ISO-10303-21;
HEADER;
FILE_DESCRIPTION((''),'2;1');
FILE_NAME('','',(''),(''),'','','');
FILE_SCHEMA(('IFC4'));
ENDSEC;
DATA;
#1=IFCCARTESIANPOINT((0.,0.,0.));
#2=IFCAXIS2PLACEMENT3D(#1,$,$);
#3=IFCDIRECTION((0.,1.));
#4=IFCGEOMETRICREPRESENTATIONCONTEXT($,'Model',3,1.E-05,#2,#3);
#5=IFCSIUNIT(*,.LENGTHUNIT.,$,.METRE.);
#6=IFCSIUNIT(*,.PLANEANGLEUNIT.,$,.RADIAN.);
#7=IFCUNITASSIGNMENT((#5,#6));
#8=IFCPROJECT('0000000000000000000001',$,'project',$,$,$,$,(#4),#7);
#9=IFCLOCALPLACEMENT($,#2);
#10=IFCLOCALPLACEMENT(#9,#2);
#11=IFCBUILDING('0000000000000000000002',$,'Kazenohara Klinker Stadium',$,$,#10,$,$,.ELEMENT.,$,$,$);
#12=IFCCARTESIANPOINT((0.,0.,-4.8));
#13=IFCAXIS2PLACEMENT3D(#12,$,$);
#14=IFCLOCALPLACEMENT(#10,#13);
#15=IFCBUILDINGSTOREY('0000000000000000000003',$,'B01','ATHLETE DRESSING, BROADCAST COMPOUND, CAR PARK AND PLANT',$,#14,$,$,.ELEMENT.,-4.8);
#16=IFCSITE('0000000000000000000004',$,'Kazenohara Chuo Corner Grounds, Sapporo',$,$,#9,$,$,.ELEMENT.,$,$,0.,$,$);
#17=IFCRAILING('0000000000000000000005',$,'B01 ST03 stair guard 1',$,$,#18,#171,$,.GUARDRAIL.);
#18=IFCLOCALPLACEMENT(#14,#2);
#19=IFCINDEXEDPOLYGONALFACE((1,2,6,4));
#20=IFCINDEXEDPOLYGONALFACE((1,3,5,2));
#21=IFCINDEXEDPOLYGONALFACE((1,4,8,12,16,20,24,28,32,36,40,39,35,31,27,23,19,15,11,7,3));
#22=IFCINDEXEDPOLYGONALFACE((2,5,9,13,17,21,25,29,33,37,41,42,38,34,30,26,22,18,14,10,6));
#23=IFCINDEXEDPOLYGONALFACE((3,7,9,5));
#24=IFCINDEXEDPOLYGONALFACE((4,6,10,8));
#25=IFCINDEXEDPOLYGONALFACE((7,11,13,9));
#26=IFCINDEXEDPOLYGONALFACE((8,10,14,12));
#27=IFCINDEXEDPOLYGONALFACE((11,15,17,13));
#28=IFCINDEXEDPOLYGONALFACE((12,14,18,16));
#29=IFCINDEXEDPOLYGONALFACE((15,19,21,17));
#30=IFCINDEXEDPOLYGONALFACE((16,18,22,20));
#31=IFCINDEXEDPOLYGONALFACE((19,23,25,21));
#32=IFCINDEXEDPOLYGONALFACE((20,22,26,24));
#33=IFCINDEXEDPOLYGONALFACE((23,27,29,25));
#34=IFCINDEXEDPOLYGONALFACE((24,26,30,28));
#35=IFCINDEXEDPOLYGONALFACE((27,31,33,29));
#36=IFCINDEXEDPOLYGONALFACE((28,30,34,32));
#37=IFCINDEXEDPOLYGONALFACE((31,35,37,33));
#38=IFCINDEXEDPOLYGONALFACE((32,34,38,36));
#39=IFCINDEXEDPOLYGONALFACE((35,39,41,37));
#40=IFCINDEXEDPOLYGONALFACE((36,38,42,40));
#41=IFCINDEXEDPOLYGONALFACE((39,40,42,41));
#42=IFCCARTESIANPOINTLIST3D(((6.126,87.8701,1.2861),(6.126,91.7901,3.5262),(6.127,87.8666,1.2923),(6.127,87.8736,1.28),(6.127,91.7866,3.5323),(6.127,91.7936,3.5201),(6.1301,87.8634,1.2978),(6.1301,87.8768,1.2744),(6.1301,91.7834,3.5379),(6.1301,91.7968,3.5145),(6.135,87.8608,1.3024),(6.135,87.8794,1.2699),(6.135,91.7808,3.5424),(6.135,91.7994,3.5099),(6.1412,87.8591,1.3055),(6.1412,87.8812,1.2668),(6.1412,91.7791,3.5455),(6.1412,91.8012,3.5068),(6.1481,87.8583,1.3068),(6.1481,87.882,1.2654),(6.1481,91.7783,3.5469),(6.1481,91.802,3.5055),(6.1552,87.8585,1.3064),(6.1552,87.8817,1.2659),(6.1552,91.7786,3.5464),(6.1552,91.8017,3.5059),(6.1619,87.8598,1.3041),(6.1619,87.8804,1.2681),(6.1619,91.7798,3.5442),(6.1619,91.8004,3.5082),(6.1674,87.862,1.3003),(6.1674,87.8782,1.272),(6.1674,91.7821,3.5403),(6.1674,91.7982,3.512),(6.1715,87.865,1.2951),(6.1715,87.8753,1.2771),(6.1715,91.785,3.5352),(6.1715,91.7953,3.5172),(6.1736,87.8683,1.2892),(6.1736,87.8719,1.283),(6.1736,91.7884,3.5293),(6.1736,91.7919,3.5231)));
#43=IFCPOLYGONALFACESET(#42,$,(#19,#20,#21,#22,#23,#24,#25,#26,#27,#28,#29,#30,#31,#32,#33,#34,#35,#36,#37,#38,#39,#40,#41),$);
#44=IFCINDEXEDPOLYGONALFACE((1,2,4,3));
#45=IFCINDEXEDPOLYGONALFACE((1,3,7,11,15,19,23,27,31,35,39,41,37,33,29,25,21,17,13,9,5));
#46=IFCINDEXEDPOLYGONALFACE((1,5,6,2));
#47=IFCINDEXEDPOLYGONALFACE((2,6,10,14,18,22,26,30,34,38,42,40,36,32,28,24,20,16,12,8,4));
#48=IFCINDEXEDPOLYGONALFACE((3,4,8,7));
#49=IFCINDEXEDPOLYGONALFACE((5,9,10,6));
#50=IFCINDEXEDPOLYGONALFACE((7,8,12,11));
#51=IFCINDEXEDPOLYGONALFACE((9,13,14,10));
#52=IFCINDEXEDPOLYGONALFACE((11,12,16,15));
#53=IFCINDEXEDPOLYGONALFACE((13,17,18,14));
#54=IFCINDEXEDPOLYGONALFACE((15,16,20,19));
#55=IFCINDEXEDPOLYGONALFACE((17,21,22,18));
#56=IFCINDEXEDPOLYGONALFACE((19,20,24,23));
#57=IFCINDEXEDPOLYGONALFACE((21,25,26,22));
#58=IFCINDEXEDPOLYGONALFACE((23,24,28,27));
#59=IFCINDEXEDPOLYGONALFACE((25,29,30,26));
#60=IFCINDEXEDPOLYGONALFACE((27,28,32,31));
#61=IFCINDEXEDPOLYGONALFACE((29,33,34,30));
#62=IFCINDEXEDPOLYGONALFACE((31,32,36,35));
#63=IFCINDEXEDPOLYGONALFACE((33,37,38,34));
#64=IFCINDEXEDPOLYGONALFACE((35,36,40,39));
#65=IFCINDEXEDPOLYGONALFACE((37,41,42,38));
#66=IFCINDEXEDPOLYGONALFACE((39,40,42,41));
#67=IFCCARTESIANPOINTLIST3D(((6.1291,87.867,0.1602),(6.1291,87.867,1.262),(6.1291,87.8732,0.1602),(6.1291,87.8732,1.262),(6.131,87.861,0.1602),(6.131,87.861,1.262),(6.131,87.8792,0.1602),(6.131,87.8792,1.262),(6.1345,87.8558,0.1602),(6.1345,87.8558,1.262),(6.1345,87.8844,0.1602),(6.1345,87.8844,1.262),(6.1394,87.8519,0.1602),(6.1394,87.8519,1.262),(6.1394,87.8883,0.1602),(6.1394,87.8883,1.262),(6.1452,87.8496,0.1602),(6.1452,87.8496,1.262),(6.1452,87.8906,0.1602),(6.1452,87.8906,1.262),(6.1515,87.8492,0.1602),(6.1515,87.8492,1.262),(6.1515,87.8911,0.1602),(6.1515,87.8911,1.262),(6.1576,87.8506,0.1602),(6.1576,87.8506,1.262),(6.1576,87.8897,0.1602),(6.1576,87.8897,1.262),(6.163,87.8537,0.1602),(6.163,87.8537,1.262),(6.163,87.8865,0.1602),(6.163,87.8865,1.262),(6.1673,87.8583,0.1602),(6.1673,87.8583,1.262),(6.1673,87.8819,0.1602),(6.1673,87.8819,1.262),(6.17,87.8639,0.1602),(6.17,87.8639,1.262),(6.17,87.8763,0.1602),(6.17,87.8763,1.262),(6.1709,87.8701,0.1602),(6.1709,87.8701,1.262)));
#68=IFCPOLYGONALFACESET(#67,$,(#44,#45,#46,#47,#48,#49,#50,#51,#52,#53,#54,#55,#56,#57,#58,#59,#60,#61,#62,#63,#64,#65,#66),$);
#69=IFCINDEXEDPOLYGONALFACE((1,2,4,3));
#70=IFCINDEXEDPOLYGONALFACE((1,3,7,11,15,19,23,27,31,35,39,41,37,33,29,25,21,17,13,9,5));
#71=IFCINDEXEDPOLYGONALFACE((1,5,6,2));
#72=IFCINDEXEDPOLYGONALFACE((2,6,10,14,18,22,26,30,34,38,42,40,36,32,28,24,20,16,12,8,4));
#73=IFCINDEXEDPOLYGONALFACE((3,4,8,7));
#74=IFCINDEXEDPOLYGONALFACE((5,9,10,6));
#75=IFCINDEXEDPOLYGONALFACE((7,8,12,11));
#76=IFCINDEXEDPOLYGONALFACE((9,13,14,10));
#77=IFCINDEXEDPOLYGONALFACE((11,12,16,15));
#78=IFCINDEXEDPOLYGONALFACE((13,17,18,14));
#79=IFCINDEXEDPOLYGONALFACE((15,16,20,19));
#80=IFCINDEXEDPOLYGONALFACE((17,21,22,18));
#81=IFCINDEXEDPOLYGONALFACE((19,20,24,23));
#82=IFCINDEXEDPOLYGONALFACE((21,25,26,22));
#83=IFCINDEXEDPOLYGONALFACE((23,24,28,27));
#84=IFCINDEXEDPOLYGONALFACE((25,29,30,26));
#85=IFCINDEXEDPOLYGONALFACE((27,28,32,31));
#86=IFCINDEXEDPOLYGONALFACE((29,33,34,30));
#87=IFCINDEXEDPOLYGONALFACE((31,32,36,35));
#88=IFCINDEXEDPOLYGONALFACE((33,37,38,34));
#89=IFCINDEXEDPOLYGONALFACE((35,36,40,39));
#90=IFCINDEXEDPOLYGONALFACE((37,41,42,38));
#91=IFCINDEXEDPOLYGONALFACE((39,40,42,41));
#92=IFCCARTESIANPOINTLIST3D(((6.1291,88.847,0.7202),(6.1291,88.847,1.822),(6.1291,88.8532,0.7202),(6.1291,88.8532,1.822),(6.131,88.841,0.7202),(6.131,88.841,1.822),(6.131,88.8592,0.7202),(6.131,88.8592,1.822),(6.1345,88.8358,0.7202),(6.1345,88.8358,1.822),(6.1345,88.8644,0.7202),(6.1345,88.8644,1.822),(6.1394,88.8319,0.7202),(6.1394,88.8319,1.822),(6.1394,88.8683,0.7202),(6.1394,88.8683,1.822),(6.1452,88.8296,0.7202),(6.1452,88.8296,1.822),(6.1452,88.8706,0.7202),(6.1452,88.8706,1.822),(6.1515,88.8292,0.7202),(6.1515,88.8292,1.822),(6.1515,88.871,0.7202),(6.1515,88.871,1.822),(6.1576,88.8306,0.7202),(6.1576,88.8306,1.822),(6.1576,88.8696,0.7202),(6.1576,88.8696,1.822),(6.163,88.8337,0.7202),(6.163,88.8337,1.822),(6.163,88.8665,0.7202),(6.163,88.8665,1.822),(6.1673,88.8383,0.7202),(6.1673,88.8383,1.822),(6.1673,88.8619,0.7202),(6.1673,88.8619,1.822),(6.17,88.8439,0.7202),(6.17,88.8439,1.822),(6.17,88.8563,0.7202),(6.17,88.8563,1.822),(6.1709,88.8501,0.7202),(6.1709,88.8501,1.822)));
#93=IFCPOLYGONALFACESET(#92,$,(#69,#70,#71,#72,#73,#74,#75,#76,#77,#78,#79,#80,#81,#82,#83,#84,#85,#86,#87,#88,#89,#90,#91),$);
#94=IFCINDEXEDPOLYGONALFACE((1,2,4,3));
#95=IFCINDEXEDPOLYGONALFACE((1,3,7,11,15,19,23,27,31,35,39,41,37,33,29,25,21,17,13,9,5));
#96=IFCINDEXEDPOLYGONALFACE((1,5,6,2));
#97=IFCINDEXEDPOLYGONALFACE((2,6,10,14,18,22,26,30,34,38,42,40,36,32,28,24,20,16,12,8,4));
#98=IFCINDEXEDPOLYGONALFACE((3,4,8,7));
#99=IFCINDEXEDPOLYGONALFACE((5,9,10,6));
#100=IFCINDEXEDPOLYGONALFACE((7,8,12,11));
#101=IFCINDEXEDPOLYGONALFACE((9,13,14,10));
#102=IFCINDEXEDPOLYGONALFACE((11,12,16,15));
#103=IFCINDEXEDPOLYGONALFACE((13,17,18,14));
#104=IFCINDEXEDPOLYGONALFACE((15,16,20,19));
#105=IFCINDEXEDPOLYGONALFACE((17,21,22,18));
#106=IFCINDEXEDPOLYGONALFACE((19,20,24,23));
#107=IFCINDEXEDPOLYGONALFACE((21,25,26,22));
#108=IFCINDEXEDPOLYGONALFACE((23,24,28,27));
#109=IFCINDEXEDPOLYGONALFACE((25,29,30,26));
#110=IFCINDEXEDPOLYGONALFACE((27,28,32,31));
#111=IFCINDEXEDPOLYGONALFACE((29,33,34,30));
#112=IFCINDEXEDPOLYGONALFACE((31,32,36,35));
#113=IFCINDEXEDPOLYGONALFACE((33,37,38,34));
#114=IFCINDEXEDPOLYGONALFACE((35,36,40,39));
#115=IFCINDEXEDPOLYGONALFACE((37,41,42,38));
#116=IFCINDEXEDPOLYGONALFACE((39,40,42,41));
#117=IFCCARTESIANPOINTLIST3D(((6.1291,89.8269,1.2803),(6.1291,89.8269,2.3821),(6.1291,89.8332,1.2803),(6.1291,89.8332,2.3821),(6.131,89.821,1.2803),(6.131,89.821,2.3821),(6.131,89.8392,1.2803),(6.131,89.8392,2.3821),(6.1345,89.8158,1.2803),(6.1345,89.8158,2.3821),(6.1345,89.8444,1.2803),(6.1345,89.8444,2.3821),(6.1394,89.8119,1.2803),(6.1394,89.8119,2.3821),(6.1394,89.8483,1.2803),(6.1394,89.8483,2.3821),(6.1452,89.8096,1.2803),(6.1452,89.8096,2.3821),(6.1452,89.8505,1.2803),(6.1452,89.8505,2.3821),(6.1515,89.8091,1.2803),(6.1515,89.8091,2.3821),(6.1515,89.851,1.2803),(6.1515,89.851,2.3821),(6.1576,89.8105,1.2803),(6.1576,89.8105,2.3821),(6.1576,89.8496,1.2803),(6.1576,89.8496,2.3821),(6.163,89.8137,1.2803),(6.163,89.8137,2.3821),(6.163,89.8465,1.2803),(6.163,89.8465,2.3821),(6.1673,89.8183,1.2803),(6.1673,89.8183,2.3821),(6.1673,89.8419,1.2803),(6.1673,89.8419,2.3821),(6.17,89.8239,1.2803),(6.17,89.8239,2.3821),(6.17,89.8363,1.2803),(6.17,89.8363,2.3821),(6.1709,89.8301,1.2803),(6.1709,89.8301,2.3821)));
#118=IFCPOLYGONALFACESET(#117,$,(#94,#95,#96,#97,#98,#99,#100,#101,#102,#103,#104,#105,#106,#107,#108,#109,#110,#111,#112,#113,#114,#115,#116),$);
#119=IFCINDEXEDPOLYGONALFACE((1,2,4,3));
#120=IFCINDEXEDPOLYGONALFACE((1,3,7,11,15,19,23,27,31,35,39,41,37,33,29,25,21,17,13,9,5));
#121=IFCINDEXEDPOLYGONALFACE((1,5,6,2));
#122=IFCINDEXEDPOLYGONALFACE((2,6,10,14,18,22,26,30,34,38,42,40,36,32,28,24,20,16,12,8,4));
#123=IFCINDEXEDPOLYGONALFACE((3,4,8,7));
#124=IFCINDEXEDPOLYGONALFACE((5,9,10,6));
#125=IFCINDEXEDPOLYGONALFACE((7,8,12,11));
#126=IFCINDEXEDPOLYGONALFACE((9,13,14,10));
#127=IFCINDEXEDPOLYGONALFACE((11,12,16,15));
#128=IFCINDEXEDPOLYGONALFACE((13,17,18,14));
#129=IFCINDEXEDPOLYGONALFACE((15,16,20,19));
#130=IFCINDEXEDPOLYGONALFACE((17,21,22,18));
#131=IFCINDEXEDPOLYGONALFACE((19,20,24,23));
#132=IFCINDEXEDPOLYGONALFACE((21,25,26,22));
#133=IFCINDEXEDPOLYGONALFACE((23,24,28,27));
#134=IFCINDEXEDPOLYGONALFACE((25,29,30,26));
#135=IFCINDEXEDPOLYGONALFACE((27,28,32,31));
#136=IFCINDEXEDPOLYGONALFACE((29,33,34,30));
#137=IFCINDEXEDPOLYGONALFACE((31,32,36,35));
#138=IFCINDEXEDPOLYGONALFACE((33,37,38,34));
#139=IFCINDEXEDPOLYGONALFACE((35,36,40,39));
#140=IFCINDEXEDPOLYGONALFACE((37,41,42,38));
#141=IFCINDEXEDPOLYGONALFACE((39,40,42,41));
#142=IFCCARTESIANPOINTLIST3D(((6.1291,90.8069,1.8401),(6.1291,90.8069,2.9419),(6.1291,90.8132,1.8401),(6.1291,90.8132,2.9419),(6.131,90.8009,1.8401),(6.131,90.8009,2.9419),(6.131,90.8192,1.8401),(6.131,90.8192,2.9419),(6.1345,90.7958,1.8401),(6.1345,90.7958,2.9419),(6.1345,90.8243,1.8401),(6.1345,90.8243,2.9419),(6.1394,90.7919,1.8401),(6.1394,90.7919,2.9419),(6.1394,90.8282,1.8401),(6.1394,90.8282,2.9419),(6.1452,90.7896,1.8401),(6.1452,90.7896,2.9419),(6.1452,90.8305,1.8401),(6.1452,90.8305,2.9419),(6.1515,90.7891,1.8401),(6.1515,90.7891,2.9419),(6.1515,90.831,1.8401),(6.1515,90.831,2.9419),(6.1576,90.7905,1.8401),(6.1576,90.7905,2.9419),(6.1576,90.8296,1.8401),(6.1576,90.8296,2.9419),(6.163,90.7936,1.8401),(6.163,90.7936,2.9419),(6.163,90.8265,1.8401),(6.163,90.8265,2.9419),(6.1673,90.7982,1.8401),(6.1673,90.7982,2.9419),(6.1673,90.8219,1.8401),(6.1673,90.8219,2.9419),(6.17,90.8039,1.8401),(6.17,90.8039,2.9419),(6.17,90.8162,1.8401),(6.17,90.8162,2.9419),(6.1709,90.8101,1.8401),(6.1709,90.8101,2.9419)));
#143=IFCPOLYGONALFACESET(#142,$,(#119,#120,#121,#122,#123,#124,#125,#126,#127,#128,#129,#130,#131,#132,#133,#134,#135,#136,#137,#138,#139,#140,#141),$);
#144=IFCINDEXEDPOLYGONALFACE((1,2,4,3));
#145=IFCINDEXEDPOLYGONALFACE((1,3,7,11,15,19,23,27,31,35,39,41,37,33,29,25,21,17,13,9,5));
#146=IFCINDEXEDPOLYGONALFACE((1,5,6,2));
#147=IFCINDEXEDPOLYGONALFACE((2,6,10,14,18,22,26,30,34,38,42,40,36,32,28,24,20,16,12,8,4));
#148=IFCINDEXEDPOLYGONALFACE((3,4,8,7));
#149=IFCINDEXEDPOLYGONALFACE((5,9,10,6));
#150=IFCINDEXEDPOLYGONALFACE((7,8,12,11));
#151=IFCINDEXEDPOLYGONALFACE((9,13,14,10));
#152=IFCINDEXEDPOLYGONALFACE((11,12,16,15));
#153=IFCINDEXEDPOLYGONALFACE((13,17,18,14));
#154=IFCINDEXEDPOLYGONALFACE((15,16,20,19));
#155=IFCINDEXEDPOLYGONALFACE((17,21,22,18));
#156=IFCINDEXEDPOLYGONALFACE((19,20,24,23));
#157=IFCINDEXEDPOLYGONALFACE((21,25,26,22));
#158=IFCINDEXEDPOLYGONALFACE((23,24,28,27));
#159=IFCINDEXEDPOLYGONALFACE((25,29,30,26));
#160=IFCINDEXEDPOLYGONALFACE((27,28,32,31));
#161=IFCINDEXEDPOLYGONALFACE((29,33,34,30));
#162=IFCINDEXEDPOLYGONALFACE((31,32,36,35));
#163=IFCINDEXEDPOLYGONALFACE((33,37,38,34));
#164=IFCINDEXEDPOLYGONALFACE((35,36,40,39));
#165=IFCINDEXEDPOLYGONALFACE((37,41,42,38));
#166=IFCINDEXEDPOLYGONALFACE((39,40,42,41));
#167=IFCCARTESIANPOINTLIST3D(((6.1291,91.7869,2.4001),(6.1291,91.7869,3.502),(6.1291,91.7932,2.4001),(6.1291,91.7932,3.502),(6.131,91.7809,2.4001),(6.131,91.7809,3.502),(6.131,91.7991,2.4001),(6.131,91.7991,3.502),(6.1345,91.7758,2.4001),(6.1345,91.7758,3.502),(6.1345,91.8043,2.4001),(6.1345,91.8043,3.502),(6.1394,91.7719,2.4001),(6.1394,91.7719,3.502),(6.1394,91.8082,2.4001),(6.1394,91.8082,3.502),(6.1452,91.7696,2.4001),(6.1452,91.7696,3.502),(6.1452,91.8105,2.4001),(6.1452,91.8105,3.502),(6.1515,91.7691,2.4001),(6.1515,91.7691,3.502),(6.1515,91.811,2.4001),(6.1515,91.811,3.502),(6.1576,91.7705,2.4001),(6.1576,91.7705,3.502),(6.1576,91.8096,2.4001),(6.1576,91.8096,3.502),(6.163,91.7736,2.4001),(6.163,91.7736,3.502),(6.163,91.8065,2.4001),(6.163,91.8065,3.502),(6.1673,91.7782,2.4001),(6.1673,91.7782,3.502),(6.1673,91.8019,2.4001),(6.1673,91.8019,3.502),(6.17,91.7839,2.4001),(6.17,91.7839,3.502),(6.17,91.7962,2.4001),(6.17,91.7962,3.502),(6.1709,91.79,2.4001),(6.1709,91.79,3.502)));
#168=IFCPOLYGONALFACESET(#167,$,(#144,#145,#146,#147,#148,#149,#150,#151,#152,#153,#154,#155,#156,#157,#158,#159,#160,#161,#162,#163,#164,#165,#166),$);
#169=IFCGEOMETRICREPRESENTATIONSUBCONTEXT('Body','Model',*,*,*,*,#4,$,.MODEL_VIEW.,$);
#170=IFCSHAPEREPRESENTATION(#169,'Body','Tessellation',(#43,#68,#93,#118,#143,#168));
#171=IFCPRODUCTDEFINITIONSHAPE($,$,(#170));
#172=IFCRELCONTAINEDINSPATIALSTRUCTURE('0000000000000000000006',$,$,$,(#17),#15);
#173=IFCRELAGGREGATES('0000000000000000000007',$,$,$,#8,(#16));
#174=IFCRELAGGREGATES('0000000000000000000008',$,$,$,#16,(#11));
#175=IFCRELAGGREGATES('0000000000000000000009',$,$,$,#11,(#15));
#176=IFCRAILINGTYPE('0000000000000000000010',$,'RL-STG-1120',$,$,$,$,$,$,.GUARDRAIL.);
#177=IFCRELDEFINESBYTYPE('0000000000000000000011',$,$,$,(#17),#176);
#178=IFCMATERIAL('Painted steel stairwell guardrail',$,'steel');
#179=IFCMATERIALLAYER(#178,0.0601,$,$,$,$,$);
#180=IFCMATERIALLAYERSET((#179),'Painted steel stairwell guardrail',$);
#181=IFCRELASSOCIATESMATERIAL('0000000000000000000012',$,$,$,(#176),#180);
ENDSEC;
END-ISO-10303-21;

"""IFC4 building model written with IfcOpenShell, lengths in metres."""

from ifc_helpers import new_model, si_unit, direction, frame, origin, origin_2d, place, context, subcontext, project, spatial, circle, extrude, material, layer, layer_set, type_object, element, save


model = new_model("IFC4")

# Units and contexts
model_context = context("Model", 3, precision=1e-05, world=origin(), true_north=direction((0.0, 1.0)))
body_context = subcontext(model_context, "Body", "Model", "MODEL_VIEW")
ifc_project = project(units=[si_unit("LENGTHUNIT", "METRE"), si_unit("PLANEANGLEUNIT", "RADIAN")], contexts=[model_context])

# Site, building, storey
site_placement = place(None, origin())
site = spatial("IfcSite", under=ifc_project, at=site_placement, Name="Kazenohara Chuo Corner Grounds, Sapporo", CompositionType="ELEMENT", RefElevation=0.0)
building_placement = place(site_placement, origin())
building = spatial("IfcBuilding", under=site, at=building_placement, Name="Kazenohara Klinker Stadium", CompositionType="ELEMENT")
storey_placement = place(building_placement, frame((0.0, 0.0, -4.8)))
storey = spatial("IfcBuildingStorey", under=building, at=storey_placement, Name="B01", Description="ATHLETE DRESSING, BROADCAST COMPOUND, CAR PARK AND PLANT", CompositionType="ELEMENT", Elevation=-4.8)

# Railing
ifc_material_1 = material(Name="Painted steel stairwell guardrail", Category="steel")
ifc_layer_1 = layer(ifc_material_1, 0.0601)
ifc_layer_set_1 = layer_set([ifc_layer_1], Name="Painted steel stairwell guardrail")
railing_type_1 = type_object("IfcRailingType", Name="RL-STG-1120", PredefinedType="GUARDRAIL", material=ifc_layer_set_1)
railing_1_placement = place(storey_placement, frame((6.1499, 87.8701, 0.1602)))
element("IfcRailing", 1, at=railing_1_placement, inside=storey, type_object=railing_type_1, Name="B01 ST03 stair guard 1", PredefinedType="GUARDRAIL", context=body_context, shape_type="SweptSolid", body=[
    extrude(circle(Radius=0.0239, at=origin_2d()), frame((0.0, 0.0, 1.126), z_axis=(0.0, 0.86824, 0.496145), x_axis=(-1.0, 0.0, 0.0)), (0.0, 0.0, 1.0), 4.5149),
    extrude(circle(Radius=0.021, at=origin_2d()), origin(), (0.0, 0.0, 1.0), 1.1018),
    extrude(circle(Radius=0.021, at=origin_2d()), frame((0.0, 0.98, 0.5601)), (0.0, 0.0, 1.0), 1.1018),
    extrude(circle(Radius=0.021, at=origin_2d()), frame((0.0, 1.96, 1.1201)), (0.0, 0.0, 1.0), 1.1018),
    extrude(circle(Radius=0.021, at=origin_2d()), frame((0.0, 2.9399, 1.6799)), (0.0, 0.0, 1.0), 1.1018),
    extrude(circle(Radius=0.021, at=origin_2d()), frame((0.0, 3.9199, 2.24)), (0.0, 0.0, 1.0), 1.1018),
])

save(model, "model.ifc")
